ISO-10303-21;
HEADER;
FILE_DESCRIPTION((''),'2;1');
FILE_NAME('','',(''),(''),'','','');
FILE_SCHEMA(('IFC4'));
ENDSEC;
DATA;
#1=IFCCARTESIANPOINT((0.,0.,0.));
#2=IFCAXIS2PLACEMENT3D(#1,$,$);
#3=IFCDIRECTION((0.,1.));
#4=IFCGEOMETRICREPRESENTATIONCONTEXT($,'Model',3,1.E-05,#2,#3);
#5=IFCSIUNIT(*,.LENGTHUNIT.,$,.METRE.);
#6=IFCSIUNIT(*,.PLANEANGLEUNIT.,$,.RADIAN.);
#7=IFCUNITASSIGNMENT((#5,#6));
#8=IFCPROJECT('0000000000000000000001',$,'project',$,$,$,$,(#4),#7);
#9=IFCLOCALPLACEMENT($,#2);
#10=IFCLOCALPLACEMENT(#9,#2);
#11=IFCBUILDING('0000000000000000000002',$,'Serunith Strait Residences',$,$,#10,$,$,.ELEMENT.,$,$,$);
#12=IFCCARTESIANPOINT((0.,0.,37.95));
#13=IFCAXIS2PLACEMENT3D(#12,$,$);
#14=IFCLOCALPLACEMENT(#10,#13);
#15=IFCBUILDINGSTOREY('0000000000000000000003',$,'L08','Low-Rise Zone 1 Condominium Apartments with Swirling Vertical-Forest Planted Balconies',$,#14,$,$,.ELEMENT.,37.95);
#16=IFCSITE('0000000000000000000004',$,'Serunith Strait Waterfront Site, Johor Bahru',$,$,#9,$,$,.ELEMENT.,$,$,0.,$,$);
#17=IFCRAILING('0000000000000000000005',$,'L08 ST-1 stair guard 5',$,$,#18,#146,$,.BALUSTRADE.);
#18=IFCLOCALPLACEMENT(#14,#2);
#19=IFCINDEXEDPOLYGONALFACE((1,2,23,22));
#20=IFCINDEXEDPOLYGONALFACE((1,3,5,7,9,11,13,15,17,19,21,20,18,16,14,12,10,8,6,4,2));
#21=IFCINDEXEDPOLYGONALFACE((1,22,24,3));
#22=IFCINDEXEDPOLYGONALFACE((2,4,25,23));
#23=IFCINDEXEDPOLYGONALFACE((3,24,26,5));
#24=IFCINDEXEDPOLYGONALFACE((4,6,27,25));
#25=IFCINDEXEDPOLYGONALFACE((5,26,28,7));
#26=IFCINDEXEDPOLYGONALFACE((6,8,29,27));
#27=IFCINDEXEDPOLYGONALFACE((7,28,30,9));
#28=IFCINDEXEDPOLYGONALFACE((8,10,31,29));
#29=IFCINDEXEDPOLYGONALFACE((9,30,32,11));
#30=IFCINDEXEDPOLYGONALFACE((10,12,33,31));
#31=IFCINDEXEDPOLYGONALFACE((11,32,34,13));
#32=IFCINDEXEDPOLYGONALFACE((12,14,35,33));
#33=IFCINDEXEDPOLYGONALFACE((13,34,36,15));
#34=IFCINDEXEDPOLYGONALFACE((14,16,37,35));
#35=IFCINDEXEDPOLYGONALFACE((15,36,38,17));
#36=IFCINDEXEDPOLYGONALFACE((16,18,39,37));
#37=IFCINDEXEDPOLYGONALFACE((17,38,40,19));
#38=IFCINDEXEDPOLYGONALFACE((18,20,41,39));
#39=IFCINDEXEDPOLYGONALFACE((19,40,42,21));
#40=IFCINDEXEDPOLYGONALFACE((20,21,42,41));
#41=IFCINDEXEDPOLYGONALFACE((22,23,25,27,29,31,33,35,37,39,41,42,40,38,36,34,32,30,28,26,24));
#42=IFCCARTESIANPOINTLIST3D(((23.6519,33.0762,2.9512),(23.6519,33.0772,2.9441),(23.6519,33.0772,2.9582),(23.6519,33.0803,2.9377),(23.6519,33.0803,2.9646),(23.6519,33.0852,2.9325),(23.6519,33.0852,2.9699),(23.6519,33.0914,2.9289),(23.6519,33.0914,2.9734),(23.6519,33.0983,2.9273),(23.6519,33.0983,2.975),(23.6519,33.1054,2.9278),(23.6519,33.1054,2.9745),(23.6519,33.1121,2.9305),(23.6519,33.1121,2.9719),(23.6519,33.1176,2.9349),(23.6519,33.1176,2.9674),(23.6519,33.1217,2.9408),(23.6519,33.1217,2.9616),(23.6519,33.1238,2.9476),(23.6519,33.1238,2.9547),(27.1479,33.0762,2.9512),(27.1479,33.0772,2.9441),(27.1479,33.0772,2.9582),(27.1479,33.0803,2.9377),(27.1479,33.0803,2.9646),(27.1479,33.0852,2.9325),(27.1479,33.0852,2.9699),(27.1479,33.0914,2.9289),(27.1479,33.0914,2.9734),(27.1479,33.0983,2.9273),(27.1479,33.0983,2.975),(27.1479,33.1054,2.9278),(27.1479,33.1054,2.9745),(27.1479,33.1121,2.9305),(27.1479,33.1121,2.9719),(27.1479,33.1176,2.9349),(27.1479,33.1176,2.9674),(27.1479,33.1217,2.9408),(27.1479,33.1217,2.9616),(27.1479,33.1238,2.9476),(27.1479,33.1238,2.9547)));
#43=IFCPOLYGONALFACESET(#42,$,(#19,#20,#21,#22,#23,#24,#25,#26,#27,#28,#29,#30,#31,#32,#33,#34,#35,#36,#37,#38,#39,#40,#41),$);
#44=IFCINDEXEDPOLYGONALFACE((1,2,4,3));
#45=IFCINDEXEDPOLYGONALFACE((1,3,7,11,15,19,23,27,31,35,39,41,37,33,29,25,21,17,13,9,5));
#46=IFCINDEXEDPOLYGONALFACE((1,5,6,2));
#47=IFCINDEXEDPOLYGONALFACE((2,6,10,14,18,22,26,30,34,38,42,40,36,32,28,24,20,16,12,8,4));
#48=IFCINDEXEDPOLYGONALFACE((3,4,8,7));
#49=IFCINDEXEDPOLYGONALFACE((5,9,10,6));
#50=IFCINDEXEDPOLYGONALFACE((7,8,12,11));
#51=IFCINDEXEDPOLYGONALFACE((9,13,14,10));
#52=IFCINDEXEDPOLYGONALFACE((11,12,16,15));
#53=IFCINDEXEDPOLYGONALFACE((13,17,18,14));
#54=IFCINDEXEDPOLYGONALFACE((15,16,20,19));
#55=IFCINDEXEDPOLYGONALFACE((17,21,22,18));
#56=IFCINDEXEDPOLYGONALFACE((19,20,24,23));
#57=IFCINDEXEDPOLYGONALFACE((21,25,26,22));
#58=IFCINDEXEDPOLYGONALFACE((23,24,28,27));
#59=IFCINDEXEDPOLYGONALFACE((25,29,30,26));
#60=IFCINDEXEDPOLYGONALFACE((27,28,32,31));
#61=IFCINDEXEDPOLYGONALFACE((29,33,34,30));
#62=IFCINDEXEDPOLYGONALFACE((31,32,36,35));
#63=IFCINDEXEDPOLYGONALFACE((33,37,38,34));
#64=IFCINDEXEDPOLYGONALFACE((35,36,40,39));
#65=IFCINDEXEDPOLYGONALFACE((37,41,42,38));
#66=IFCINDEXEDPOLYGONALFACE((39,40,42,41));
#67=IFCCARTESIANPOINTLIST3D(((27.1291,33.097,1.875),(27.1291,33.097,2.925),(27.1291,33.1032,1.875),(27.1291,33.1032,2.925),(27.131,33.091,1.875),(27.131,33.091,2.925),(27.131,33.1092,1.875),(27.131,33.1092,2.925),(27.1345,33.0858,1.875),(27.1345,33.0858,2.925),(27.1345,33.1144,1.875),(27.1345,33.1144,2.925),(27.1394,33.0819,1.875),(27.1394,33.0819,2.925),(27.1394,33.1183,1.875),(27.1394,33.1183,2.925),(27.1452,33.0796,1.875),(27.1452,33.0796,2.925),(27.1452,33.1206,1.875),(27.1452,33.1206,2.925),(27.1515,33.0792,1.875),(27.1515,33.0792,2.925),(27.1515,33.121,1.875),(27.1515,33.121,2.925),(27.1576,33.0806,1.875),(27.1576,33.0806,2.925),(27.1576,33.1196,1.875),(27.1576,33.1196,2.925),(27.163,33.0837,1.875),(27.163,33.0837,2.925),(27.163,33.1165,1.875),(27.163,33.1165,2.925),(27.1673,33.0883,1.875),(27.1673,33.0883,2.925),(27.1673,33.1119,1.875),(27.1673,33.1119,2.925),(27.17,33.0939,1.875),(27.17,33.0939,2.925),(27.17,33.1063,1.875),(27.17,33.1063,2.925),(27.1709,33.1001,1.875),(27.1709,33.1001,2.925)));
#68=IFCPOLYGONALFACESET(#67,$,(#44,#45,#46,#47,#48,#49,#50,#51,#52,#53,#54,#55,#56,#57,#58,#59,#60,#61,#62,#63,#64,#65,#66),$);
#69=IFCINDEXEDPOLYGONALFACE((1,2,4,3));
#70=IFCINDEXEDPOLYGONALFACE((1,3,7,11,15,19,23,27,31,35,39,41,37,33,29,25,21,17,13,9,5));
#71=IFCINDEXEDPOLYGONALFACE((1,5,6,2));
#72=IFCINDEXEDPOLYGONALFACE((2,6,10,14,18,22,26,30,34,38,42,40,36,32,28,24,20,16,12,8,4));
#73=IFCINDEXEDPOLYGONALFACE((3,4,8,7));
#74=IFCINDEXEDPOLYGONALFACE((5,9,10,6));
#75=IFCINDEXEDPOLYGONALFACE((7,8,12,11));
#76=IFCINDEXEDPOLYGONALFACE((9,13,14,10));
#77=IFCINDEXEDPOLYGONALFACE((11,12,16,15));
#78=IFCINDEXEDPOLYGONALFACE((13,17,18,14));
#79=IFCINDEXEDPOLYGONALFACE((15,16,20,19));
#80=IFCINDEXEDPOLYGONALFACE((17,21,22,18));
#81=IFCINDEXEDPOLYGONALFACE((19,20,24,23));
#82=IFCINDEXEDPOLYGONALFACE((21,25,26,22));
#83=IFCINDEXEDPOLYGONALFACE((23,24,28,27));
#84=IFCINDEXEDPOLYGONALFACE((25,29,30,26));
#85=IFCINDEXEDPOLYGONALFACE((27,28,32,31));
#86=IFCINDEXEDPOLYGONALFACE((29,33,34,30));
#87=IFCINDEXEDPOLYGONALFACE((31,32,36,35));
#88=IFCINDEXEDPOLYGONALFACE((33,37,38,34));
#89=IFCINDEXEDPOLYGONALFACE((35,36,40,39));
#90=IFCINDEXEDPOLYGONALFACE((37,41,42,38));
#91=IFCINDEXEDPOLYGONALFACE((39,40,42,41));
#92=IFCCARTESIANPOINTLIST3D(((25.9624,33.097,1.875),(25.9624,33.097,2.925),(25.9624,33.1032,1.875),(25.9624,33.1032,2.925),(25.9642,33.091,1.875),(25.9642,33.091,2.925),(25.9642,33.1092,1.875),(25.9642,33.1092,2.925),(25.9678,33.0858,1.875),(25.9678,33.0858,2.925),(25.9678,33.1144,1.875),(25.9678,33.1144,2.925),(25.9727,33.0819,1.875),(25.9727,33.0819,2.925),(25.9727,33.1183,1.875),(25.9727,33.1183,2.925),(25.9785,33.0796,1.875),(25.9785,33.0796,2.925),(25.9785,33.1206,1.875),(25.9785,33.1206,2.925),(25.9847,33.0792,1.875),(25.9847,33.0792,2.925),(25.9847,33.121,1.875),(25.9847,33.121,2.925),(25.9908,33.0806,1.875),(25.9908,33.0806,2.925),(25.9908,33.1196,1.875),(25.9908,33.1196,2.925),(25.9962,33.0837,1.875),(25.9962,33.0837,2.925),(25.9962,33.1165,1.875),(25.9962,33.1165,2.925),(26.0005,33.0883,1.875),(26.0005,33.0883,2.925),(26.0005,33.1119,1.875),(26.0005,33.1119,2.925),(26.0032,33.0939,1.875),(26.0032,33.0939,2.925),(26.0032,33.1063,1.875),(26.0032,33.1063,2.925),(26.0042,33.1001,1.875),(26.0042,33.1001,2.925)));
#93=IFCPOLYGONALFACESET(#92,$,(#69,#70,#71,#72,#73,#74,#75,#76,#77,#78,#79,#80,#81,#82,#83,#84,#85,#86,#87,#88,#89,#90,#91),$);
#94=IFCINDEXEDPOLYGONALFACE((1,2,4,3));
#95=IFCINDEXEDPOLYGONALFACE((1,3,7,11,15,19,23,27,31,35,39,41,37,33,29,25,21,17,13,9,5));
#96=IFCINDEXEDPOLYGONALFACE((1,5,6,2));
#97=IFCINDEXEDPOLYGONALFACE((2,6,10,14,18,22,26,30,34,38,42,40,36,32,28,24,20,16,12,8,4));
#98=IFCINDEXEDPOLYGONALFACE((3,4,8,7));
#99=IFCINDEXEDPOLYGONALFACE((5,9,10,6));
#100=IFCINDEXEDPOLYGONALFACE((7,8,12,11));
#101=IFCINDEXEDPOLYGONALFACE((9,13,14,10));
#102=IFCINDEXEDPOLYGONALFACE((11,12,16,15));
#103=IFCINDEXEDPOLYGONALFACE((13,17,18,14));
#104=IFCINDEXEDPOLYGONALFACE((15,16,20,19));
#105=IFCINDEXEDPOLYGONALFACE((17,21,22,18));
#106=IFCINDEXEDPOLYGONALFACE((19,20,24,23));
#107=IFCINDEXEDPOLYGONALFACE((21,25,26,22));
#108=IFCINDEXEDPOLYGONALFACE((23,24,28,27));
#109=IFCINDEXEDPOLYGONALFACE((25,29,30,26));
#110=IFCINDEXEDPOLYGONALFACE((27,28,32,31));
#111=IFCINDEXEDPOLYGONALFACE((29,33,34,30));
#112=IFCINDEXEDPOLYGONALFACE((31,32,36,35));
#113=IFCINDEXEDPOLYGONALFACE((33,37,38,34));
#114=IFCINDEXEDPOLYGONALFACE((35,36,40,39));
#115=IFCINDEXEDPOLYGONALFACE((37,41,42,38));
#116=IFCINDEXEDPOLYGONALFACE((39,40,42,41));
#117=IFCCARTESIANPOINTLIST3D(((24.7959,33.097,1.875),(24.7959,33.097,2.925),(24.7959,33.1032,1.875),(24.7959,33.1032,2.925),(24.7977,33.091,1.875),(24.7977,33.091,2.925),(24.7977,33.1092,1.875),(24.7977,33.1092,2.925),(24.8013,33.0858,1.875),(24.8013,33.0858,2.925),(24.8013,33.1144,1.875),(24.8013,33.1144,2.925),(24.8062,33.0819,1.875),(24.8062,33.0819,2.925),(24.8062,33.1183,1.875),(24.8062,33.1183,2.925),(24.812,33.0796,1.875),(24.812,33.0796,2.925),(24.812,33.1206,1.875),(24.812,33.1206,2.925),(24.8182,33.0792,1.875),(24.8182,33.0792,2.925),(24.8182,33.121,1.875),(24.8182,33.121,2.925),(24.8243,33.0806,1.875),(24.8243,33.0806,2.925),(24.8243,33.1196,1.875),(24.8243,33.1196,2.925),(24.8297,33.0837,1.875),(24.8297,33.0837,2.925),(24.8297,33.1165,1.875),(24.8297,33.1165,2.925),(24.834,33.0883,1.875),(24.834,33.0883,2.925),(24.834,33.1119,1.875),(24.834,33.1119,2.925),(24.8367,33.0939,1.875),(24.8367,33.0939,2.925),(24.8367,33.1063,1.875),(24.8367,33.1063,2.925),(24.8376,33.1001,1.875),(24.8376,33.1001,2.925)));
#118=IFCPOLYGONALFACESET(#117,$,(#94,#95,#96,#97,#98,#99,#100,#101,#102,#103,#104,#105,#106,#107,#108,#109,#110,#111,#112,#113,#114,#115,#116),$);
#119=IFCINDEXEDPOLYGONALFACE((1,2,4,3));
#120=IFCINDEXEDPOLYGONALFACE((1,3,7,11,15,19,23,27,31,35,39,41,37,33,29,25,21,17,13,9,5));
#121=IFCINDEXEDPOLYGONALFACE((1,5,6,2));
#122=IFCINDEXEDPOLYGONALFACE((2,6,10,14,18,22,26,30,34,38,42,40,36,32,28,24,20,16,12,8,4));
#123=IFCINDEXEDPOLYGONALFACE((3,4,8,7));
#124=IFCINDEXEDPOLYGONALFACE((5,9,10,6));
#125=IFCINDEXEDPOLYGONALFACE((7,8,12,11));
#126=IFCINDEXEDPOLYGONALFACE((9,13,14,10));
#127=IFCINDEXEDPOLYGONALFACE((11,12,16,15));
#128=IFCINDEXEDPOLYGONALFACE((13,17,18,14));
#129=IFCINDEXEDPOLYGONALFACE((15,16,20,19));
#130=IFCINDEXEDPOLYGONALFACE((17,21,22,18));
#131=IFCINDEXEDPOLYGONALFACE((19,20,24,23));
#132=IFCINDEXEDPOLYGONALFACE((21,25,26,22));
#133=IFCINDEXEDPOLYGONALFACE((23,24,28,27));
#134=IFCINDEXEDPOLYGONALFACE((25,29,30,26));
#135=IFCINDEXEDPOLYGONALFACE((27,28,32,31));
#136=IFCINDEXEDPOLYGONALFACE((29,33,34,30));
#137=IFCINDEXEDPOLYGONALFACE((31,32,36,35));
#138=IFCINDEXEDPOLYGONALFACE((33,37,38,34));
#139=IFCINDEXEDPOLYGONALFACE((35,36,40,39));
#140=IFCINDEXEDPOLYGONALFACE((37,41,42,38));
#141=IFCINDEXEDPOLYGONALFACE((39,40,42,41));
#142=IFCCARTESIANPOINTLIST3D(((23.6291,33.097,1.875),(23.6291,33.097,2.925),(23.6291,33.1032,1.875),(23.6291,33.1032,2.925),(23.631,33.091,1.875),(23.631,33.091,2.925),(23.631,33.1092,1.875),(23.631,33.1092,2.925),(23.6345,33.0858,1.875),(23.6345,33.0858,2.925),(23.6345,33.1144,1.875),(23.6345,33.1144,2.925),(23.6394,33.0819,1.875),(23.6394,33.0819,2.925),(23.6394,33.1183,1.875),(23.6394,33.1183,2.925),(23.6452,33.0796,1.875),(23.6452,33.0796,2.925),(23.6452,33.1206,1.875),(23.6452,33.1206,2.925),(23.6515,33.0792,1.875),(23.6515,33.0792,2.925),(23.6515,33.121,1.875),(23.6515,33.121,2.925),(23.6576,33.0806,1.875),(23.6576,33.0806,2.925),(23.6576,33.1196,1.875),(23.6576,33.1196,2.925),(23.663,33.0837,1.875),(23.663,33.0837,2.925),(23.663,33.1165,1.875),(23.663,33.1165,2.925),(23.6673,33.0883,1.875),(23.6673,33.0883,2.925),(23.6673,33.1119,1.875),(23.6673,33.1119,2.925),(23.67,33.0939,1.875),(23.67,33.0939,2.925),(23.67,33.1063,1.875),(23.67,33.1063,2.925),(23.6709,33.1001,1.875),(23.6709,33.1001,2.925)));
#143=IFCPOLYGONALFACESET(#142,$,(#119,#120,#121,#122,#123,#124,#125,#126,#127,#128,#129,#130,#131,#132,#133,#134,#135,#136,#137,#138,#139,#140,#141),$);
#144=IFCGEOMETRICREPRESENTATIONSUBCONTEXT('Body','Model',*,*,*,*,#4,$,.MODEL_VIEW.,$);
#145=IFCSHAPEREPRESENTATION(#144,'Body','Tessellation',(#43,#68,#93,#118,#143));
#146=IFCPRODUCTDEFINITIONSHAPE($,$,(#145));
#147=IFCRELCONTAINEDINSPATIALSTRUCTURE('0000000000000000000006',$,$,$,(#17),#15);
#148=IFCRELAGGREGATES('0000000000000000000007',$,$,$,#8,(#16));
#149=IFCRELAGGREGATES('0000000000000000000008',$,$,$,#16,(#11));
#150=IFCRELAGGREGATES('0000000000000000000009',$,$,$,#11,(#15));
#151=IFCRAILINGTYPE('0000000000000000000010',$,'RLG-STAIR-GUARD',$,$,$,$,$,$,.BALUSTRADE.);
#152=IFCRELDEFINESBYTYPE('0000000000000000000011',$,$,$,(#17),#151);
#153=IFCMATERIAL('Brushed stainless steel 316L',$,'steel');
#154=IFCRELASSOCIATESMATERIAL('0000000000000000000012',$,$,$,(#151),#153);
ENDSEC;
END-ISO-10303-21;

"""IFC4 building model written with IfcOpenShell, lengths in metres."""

from ifc_helpers import new_model, si_unit, direction, frame, origin, origin_2d, place, context, subcontext, project, spatial, circle, extrude, material, type_object, element, save


model = new_model("IFC4")

# Units and contexts
model_context = context("Model", 3, precision=1e-05, world=origin(), true_north=direction((0.0, 1.0)))
body_context = subcontext(model_context, "Body", "Model", "MODEL_VIEW")
ifc_project = project(units=[si_unit("LENGTHUNIT", "METRE"), si_unit("PLANEANGLEUNIT", "RADIAN")], contexts=[model_context])

# Site, building, storey
site_placement = place(None, origin())
site = spatial("IfcSite", under=ifc_project, at=site_placement, Name="Serunith Strait Waterfront Site, Johor Bahru", CompositionType="ELEMENT", RefElevation=0.0)
building_placement = place(site_placement, origin())
building = spatial("IfcBuilding", under=site, at=building_placement, Name="Serunith Strait Residences", CompositionType="ELEMENT")
storey_placement = place(building_placement, frame((0.0, 0.0, 37.95)))
storey = spatial("IfcBuildingStorey", under=building, at=storey_placement, Name="L08", Description="Low-Rise Zone 1 Condominium Apartments with Swirling Vertical-Forest Planted Balconies", CompositionType="ELEMENT", Elevation=37.95)

# Railing
ifc_material_1 = material(Name="Brushed stainless steel 316L", Category="steel")
railing_type_1 = type_object("IfcRailingType", Name="RLG-STAIR-GUARD", PredefinedType="BALUSTRADE", material=ifc_material_1)
railing_1_placement = place(storey_placement, frame((27.1499, 33.1001, 1.875)))
element("IfcRailing", 1, at=railing_1_placement, inside=storey, type_object=railing_type_1, Name="L08 ST-1 stair guard 5", PredefinedType="BALUSTRADE", context=body_context, shape_type="SweptSolid", body=[
    extrude(circle(Radius=0.0239, at=origin_2d()), frame((-0.002, 0.0, 1.0762), z_axis=(-1.0, 0.0, 0.0), x_axis=(0.0, -1.0, 0.0)), (0.0, 0.0, 1.0), 3.4961),
    extrude(circle(Radius=0.021, at=origin_2d()), origin(), (0.0, 0.0, 1.0), 1.05),
    extrude(circle(Radius=0.021, at=origin_2d()), frame((-1.1667, 0.0, 0.0)), (0.0, 0.0, 1.0), 1.05),
    extrude(circle(Radius=0.021, at=origin_2d()), frame((-2.3333, 0.0, 0.0)), (0.0, 0.0, 1.0), 1.05),
    extrude(circle(Radius=0.021, at=origin_2d()), frame((-3.5, 0.0, 0.0)), (0.0, 0.0, 1.0), 1.05),
])

save(model, "model.ifc")
